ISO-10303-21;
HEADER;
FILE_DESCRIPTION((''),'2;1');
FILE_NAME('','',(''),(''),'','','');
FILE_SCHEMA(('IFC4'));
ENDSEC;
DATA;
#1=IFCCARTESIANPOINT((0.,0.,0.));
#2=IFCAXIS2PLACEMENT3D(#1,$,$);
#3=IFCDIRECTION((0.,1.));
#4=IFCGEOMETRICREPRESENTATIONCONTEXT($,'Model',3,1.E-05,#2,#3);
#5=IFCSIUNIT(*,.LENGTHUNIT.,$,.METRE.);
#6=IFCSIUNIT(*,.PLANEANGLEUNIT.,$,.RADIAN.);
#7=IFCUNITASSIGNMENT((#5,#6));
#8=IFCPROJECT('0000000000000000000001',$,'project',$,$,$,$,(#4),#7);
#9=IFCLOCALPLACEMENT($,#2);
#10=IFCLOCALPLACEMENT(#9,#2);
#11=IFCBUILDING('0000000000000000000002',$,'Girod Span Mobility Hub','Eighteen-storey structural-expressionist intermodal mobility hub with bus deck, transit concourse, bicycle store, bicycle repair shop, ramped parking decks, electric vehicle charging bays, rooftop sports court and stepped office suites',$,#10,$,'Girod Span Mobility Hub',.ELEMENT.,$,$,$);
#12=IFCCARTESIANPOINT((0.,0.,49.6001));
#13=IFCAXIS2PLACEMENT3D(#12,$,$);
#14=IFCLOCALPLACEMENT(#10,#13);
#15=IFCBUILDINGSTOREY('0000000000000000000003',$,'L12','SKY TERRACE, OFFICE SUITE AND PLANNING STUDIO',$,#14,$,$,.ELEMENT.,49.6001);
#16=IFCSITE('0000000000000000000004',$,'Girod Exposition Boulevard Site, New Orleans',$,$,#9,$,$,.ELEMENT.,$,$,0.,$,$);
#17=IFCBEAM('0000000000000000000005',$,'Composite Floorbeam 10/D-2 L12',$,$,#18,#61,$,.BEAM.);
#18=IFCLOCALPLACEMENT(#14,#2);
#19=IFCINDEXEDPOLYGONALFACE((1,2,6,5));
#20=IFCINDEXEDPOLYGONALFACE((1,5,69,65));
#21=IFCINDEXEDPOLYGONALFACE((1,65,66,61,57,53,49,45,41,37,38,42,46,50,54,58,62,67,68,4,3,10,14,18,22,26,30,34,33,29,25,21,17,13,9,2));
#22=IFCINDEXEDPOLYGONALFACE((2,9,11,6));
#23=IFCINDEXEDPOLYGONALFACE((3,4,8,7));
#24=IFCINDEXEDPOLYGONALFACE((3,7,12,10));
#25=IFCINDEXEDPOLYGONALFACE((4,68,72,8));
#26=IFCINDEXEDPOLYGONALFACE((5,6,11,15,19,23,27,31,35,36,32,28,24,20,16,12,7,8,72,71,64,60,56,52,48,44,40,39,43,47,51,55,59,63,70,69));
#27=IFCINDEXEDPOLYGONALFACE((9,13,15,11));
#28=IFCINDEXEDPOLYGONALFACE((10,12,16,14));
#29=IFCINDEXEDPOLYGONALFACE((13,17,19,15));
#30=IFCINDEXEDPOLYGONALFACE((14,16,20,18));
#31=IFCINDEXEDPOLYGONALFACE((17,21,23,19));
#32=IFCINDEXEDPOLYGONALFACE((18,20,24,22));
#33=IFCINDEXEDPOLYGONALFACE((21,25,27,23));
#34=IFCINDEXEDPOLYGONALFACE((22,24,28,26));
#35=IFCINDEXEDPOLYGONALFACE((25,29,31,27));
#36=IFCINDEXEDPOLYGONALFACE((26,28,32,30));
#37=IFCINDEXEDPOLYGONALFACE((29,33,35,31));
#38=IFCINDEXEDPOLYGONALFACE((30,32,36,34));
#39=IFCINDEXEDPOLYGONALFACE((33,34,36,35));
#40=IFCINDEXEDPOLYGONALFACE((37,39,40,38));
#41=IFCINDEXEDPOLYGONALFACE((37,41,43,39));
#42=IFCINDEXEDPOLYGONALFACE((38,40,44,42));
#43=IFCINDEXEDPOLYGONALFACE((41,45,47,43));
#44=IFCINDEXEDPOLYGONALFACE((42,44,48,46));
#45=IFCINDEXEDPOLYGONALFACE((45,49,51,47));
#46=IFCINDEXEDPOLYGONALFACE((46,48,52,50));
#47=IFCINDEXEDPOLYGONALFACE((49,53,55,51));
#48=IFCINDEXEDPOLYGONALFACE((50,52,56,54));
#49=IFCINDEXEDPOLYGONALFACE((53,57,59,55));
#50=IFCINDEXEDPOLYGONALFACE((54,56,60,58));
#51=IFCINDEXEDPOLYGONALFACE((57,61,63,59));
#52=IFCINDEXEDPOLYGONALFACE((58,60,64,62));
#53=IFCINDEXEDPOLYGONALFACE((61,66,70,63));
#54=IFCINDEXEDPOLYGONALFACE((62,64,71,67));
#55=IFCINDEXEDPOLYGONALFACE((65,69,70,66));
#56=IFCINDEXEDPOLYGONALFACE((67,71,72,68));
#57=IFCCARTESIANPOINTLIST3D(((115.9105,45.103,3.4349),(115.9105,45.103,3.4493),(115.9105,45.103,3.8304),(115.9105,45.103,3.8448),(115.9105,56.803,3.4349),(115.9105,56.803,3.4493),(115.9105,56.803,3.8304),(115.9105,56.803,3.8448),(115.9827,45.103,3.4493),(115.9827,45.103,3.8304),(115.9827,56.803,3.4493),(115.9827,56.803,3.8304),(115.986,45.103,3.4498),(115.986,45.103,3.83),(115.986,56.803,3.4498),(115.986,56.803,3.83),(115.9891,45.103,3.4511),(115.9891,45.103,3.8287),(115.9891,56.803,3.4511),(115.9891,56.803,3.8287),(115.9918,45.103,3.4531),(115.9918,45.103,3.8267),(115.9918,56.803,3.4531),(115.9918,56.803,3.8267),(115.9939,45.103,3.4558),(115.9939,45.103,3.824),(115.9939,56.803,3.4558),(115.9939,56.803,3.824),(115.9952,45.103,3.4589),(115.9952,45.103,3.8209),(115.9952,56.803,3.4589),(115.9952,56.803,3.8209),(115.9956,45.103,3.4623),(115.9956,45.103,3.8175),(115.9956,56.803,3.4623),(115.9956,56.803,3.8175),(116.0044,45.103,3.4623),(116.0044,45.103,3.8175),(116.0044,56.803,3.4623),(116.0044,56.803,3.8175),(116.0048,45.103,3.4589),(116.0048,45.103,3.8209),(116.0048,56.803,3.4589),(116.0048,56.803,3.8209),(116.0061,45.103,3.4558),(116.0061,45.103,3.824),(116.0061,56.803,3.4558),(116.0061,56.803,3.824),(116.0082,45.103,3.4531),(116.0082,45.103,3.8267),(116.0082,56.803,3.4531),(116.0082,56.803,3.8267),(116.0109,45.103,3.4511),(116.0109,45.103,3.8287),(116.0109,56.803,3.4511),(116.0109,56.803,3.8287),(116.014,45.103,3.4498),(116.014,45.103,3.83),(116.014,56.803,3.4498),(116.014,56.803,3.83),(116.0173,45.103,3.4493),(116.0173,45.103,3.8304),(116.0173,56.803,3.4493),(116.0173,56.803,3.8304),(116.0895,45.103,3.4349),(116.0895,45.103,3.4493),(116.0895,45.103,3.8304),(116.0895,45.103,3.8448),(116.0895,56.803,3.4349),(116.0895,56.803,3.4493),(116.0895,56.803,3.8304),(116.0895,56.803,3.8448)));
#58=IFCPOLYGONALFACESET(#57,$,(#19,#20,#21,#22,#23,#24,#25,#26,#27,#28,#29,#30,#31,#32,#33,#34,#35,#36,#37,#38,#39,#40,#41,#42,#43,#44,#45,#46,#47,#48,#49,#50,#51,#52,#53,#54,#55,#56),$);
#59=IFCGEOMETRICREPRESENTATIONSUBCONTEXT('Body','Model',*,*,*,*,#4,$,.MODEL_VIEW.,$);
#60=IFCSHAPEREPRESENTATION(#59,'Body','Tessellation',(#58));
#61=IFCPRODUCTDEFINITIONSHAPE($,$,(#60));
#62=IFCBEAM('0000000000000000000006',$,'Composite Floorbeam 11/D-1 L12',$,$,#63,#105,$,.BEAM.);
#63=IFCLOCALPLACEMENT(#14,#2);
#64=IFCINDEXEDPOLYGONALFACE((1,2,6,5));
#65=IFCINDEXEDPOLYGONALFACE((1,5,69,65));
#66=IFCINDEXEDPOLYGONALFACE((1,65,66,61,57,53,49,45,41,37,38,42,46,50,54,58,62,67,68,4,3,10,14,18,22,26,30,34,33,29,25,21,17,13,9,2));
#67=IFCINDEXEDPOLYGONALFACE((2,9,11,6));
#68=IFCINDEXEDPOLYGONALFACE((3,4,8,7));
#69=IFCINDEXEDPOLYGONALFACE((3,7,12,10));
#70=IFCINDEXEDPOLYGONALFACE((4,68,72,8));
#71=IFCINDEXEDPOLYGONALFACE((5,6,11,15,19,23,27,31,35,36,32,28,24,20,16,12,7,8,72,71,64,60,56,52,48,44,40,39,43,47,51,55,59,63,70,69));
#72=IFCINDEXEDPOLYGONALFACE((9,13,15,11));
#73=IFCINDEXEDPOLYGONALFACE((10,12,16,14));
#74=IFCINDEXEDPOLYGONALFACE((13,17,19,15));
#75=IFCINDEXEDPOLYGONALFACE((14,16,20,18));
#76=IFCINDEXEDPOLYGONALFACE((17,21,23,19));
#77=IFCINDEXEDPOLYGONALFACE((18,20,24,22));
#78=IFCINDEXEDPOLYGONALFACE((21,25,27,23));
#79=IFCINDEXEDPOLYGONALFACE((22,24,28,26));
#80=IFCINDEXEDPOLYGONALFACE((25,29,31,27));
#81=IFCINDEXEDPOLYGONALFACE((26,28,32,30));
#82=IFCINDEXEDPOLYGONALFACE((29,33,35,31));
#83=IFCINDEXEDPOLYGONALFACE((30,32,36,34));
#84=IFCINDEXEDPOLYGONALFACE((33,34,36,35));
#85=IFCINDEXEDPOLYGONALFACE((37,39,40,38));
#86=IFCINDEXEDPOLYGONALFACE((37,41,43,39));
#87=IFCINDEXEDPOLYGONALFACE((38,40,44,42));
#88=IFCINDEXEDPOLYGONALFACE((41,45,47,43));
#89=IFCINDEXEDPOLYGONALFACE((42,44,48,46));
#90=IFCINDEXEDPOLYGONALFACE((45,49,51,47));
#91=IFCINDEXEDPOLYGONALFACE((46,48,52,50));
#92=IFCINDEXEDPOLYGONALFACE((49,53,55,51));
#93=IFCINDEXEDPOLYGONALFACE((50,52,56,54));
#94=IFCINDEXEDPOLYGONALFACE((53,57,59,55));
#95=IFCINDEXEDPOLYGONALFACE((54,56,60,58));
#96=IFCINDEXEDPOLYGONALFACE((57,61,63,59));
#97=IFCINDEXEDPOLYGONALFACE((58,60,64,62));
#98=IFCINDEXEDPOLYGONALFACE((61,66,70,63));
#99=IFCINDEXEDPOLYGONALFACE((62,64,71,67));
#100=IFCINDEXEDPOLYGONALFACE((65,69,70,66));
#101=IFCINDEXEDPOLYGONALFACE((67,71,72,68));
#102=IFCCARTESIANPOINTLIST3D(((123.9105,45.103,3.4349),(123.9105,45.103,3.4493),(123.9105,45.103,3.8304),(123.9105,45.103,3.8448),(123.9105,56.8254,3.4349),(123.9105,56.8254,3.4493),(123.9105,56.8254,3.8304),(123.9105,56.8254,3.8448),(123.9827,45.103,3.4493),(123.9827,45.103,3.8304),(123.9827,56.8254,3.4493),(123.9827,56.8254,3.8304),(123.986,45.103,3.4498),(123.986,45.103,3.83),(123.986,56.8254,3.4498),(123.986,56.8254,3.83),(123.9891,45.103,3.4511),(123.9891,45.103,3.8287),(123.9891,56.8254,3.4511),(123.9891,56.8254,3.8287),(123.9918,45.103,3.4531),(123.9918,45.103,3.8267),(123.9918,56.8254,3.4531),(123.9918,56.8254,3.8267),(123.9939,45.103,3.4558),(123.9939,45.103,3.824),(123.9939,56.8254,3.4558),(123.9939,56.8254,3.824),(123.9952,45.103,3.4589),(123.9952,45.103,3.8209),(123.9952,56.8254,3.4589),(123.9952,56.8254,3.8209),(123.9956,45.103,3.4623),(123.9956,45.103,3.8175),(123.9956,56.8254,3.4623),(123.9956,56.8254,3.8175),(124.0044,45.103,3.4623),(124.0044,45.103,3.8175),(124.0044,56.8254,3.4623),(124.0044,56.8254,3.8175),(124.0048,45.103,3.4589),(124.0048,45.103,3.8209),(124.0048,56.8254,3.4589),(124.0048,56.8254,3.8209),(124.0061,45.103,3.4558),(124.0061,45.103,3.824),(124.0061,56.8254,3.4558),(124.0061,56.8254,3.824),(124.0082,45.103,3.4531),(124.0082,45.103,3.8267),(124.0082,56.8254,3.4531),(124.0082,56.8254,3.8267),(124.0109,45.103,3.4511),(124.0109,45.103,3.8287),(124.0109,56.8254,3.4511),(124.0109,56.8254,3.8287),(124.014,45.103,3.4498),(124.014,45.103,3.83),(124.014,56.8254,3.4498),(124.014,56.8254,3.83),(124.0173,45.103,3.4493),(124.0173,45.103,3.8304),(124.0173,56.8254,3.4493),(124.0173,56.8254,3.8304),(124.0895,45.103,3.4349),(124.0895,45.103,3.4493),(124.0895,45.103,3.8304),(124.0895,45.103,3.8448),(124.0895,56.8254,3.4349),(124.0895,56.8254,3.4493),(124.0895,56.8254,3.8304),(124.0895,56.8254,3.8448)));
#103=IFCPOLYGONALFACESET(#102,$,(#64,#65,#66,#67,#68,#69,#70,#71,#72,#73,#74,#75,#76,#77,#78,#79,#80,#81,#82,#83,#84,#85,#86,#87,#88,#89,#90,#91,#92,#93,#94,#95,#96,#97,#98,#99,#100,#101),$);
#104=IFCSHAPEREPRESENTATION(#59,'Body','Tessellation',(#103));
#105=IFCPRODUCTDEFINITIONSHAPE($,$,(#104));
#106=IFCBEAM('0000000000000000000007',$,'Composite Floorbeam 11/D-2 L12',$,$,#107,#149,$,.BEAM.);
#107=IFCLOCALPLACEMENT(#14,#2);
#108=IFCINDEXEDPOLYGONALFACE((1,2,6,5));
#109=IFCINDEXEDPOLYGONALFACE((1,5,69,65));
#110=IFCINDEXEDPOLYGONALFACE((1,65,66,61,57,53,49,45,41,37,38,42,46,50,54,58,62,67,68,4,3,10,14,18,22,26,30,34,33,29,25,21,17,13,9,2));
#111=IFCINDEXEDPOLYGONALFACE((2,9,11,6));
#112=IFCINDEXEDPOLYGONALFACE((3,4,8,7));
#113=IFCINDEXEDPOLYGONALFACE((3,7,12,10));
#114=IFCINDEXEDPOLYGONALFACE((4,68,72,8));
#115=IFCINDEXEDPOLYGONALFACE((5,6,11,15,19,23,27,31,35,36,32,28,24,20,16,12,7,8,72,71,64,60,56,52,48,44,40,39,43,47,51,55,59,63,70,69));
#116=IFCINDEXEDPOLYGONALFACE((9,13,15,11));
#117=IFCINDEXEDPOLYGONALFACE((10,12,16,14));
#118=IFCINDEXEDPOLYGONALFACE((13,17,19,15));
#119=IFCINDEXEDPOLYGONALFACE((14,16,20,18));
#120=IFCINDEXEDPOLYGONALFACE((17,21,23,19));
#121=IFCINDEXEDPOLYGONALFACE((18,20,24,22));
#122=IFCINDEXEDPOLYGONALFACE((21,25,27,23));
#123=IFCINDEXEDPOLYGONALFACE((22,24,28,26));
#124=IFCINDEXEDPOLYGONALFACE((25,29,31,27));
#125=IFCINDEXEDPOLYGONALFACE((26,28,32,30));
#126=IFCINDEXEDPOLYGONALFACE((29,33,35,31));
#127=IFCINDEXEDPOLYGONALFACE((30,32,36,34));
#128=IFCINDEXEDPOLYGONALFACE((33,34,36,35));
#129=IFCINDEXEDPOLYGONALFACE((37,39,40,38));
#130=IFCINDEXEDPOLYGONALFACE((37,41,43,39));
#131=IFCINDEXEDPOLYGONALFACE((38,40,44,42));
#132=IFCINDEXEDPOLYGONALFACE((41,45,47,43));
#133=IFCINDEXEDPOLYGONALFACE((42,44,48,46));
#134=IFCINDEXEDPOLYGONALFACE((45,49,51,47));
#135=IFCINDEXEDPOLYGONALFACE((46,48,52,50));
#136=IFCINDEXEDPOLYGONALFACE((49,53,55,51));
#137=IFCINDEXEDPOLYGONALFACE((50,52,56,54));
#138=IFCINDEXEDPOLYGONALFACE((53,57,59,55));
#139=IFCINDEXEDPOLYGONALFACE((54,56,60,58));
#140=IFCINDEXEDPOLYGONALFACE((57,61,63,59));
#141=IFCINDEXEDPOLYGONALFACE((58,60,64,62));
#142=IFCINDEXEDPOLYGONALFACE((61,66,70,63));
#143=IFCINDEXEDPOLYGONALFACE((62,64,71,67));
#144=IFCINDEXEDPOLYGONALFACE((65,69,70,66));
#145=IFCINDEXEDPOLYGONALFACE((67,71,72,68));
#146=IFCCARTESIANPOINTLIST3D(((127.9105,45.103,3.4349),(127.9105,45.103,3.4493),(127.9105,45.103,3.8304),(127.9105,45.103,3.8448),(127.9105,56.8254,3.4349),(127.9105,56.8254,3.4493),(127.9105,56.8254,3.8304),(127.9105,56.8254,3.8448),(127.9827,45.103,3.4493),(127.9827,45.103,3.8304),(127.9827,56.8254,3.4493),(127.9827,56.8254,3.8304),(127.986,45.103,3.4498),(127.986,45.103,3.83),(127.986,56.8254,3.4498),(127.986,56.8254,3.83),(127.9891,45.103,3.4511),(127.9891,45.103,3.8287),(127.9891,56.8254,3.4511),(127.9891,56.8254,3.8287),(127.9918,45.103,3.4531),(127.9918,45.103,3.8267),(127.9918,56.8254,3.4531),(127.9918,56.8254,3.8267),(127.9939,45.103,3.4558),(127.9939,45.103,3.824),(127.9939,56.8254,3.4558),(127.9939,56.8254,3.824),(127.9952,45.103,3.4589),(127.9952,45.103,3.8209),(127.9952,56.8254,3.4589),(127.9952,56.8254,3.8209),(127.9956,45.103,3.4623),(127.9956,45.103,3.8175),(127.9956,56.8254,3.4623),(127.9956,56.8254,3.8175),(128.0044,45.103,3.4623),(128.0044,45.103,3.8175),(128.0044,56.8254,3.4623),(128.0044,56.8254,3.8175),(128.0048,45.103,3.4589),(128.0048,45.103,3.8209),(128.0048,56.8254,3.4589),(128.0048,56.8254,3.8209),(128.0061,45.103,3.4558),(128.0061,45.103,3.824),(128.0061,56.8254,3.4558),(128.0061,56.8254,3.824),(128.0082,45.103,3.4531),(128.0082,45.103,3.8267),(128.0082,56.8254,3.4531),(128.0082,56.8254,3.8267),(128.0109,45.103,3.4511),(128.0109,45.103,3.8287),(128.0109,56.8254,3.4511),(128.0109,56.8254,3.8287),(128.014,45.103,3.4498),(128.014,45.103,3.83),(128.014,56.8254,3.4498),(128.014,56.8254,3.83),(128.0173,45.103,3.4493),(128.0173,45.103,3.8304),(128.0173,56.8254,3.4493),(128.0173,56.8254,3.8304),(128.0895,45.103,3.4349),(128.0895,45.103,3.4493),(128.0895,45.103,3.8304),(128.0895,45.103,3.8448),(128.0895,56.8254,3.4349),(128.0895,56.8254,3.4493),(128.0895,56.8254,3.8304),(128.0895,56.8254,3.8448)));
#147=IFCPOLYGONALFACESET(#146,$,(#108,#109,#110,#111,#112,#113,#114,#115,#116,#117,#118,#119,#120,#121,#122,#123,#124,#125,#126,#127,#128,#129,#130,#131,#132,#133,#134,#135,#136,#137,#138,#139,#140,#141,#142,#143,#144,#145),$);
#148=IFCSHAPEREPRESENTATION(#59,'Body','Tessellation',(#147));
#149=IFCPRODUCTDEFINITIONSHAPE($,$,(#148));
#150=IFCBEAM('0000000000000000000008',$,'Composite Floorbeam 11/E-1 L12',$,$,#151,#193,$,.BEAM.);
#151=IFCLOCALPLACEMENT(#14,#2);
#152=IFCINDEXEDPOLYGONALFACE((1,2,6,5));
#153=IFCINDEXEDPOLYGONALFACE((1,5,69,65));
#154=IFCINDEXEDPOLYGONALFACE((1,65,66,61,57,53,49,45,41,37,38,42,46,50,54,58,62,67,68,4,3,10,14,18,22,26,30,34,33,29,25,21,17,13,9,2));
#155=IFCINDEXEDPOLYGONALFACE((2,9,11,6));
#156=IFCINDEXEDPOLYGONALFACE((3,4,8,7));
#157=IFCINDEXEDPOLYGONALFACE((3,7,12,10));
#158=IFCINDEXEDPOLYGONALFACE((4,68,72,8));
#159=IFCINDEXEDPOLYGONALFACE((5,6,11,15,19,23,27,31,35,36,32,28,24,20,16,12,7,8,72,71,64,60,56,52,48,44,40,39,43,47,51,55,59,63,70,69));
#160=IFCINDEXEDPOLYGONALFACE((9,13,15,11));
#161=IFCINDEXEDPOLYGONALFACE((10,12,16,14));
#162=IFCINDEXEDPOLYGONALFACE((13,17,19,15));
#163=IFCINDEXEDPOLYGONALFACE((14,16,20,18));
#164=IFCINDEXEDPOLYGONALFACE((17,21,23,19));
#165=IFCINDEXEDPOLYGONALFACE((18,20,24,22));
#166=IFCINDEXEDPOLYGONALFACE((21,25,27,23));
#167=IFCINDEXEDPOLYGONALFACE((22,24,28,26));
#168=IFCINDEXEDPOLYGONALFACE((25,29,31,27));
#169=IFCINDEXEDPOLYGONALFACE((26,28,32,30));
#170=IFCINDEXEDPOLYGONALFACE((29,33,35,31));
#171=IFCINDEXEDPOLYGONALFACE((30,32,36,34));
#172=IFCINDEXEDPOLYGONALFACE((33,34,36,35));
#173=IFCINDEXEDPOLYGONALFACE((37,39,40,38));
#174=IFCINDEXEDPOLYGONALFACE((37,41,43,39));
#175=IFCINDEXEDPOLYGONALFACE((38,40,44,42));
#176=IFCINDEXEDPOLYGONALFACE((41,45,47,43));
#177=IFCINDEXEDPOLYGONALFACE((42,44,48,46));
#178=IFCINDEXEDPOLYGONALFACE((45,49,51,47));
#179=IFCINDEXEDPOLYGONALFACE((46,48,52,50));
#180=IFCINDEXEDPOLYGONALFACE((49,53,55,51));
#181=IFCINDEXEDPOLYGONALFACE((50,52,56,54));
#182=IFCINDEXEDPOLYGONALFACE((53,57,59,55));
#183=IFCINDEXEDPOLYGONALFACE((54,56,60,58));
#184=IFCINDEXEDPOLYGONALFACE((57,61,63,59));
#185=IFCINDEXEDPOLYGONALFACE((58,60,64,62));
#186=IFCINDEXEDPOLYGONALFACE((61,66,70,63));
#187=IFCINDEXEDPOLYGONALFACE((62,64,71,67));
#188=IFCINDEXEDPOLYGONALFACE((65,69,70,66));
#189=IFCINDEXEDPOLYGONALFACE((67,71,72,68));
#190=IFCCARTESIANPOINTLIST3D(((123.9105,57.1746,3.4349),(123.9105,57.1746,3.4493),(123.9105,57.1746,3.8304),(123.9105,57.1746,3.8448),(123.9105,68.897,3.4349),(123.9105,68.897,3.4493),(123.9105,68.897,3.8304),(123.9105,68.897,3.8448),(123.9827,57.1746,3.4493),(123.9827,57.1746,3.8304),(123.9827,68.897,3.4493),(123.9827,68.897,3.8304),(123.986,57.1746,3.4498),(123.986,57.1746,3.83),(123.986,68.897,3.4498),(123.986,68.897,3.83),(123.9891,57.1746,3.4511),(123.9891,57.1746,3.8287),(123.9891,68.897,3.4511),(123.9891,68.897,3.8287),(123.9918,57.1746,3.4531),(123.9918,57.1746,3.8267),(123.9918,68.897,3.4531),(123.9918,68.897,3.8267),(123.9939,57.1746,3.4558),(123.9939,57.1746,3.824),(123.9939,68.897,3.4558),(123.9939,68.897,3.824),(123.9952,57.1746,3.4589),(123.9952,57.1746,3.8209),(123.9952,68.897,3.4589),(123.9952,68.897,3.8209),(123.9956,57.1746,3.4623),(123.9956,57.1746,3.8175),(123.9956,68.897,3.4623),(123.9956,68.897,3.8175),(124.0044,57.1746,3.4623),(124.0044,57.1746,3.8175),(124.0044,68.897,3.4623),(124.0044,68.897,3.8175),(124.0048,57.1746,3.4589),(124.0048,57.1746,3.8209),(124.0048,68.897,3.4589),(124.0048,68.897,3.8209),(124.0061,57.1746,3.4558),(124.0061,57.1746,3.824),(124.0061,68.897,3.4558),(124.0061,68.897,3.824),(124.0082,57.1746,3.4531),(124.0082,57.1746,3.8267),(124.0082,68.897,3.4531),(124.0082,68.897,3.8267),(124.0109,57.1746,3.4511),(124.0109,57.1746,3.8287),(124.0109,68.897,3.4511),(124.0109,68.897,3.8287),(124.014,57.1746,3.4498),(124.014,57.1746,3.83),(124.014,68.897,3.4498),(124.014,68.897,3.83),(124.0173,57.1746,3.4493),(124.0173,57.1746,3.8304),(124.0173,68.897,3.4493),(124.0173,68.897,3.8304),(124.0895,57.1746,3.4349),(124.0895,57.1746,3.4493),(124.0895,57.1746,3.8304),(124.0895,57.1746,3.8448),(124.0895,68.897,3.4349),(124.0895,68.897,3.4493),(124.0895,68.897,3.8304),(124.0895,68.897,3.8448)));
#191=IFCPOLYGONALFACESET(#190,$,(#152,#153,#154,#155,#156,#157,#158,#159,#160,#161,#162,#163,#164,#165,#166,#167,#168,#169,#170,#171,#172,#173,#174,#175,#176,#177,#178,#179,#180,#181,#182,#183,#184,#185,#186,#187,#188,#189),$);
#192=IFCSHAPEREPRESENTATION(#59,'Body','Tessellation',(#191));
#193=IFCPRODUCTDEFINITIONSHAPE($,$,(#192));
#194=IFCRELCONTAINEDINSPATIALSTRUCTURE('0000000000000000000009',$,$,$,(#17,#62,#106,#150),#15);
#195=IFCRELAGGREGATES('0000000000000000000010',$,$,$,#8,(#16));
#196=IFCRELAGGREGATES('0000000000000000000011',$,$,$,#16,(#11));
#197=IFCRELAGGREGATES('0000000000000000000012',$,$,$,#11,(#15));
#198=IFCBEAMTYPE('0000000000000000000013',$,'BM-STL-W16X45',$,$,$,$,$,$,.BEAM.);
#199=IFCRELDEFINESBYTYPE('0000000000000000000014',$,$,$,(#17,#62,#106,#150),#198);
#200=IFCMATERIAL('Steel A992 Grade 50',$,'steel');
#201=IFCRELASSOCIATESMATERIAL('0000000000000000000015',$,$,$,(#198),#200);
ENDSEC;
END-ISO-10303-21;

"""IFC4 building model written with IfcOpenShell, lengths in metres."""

from ifc_helpers import new_model, si_unit, direction, frame, origin, origin_2d, place, context, subcontext, project, spatial, i_section, extrude, material, material_profile, profile_set, type_object, element, save


model = new_model("IFC4")

# Units and contexts
model_context = context("Model", 3, precision=1e-05, world=origin(), true_north=direction((0.0, 1.0)))
body_context = subcontext(model_context, "Body", "Model", "MODEL_VIEW")
ifc_project = project(units=[si_unit("LENGTHUNIT", "METRE"), si_unit("PLANEANGLEUNIT", "RADIAN")], contexts=[model_context])

# Site, building, storey
site_placement = place(None, origin())
site = spatial("IfcSite", under=ifc_project, at=site_placement, Name="Girod Exposition Boulevard Site, New Orleans", CompositionType="ELEMENT", RefElevation=0.0)
building_placement = place(site_placement, origin())
building = spatial("IfcBuilding", under=site, at=building_placement, Name="Girod Span Mobility Hub", Description="Eighteen-storey structural-expressionist intermodal mobility hub with bus deck, transit concourse, bicycle store, bicycle repair shop, ramped parking decks, electric vehicle charging bays, rooftop sports court and stepped office suites", LongName="Girod Span Mobility Hub", CompositionType="ELEMENT")
storey_placement = place(building_placement, frame((0.0, 0.0, 49.6001)))
storey = spatial("IfcBuildingStorey", under=building, at=storey_placement, Name="L12", Description="SKY TERRACE, OFFICE SUITE AND PLANNING STUDIO", CompositionType="ELEMENT", Elevation=49.6001)

# Beams
ifc_material_1 = material(Name="Steel A992 Grade 50", Category="steel")
ifc_material_profile_1 = material_profile(ifc_material_1, i_section(OverallWidth=0.179, OverallDepth=0.4099, WebThickness=0.0088, FlangeThickness=0.0144, FilletRadius=0.0129, at=origin_2d()), Name="W16X45")
ifc_profile_set_1 = profile_set([ifc_material_profile_1], Name="Steel A992 Grade 50")
beam_type_1 = type_object("IfcBeamType", Name="BM-STL-W16X45", PredefinedType="BEAM", material=ifc_profile_set_1)
beam_1_placement = place(storey_placement, frame((116.0, 45.103, 3.6399), z_axis=(0.0, 1.0, 0.0), x_axis=(-1.0, 0.0, 0.0)))
element("IfcBeam", 1, at=beam_1_placement, inside=storey, type_object=beam_type_1, Name="Composite Floorbeam 10/D-2 L12", PredefinedType="BEAM", context=body_context, shape_type="SweptSolid", body=[
    extrude(i_section(OverallWidth=0.179, OverallDepth=0.4099, WebThickness=0.0088, FlangeThickness=0.0144, FilletRadius=0.0129, at=origin_2d()), origin(), (0.0, 0.0, 1.0), 11.7),
])
for number, where, z_axis, x_axis, name in (
    (2, (124.0, 45.103, 3.6399), (0.0, 1.0, 0.0), (-1.0, 0.0, 0.0), "Composite Floorbeam 11/D-1 L12"),
    (3, (128.0, 45.103, 3.6399), (0.0, 1.0, 0.0), (-1.0, 0.0, 0.0), "Composite Floorbeam 11/D-2 L12"),
    (4, (124.0, 57.1746, 3.6399), (0.0, 1.0, 0.0), (-1.0, 0.0, 0.0), "Composite Floorbeam 11/E-1 L12"),
):
    element("IfcBeam", number, at=place(storey_placement, frame(where, z_axis=z_axis, x_axis=x_axis)), inside=storey, type_object=beam_type_1, Name=name, PredefinedType="BEAM", context=body_context, shape_type="SweptSolid", body=[
        extrude(i_section(OverallWidth=0.179, OverallDepth=0.4099, WebThickness=0.0088, FlangeThickness=0.0144, FilletRadius=0.0129, at=origin_2d()), origin(), (0.0, 0.0, 1.0), 11.7224),
    ])

save(model, "model.ifc")
